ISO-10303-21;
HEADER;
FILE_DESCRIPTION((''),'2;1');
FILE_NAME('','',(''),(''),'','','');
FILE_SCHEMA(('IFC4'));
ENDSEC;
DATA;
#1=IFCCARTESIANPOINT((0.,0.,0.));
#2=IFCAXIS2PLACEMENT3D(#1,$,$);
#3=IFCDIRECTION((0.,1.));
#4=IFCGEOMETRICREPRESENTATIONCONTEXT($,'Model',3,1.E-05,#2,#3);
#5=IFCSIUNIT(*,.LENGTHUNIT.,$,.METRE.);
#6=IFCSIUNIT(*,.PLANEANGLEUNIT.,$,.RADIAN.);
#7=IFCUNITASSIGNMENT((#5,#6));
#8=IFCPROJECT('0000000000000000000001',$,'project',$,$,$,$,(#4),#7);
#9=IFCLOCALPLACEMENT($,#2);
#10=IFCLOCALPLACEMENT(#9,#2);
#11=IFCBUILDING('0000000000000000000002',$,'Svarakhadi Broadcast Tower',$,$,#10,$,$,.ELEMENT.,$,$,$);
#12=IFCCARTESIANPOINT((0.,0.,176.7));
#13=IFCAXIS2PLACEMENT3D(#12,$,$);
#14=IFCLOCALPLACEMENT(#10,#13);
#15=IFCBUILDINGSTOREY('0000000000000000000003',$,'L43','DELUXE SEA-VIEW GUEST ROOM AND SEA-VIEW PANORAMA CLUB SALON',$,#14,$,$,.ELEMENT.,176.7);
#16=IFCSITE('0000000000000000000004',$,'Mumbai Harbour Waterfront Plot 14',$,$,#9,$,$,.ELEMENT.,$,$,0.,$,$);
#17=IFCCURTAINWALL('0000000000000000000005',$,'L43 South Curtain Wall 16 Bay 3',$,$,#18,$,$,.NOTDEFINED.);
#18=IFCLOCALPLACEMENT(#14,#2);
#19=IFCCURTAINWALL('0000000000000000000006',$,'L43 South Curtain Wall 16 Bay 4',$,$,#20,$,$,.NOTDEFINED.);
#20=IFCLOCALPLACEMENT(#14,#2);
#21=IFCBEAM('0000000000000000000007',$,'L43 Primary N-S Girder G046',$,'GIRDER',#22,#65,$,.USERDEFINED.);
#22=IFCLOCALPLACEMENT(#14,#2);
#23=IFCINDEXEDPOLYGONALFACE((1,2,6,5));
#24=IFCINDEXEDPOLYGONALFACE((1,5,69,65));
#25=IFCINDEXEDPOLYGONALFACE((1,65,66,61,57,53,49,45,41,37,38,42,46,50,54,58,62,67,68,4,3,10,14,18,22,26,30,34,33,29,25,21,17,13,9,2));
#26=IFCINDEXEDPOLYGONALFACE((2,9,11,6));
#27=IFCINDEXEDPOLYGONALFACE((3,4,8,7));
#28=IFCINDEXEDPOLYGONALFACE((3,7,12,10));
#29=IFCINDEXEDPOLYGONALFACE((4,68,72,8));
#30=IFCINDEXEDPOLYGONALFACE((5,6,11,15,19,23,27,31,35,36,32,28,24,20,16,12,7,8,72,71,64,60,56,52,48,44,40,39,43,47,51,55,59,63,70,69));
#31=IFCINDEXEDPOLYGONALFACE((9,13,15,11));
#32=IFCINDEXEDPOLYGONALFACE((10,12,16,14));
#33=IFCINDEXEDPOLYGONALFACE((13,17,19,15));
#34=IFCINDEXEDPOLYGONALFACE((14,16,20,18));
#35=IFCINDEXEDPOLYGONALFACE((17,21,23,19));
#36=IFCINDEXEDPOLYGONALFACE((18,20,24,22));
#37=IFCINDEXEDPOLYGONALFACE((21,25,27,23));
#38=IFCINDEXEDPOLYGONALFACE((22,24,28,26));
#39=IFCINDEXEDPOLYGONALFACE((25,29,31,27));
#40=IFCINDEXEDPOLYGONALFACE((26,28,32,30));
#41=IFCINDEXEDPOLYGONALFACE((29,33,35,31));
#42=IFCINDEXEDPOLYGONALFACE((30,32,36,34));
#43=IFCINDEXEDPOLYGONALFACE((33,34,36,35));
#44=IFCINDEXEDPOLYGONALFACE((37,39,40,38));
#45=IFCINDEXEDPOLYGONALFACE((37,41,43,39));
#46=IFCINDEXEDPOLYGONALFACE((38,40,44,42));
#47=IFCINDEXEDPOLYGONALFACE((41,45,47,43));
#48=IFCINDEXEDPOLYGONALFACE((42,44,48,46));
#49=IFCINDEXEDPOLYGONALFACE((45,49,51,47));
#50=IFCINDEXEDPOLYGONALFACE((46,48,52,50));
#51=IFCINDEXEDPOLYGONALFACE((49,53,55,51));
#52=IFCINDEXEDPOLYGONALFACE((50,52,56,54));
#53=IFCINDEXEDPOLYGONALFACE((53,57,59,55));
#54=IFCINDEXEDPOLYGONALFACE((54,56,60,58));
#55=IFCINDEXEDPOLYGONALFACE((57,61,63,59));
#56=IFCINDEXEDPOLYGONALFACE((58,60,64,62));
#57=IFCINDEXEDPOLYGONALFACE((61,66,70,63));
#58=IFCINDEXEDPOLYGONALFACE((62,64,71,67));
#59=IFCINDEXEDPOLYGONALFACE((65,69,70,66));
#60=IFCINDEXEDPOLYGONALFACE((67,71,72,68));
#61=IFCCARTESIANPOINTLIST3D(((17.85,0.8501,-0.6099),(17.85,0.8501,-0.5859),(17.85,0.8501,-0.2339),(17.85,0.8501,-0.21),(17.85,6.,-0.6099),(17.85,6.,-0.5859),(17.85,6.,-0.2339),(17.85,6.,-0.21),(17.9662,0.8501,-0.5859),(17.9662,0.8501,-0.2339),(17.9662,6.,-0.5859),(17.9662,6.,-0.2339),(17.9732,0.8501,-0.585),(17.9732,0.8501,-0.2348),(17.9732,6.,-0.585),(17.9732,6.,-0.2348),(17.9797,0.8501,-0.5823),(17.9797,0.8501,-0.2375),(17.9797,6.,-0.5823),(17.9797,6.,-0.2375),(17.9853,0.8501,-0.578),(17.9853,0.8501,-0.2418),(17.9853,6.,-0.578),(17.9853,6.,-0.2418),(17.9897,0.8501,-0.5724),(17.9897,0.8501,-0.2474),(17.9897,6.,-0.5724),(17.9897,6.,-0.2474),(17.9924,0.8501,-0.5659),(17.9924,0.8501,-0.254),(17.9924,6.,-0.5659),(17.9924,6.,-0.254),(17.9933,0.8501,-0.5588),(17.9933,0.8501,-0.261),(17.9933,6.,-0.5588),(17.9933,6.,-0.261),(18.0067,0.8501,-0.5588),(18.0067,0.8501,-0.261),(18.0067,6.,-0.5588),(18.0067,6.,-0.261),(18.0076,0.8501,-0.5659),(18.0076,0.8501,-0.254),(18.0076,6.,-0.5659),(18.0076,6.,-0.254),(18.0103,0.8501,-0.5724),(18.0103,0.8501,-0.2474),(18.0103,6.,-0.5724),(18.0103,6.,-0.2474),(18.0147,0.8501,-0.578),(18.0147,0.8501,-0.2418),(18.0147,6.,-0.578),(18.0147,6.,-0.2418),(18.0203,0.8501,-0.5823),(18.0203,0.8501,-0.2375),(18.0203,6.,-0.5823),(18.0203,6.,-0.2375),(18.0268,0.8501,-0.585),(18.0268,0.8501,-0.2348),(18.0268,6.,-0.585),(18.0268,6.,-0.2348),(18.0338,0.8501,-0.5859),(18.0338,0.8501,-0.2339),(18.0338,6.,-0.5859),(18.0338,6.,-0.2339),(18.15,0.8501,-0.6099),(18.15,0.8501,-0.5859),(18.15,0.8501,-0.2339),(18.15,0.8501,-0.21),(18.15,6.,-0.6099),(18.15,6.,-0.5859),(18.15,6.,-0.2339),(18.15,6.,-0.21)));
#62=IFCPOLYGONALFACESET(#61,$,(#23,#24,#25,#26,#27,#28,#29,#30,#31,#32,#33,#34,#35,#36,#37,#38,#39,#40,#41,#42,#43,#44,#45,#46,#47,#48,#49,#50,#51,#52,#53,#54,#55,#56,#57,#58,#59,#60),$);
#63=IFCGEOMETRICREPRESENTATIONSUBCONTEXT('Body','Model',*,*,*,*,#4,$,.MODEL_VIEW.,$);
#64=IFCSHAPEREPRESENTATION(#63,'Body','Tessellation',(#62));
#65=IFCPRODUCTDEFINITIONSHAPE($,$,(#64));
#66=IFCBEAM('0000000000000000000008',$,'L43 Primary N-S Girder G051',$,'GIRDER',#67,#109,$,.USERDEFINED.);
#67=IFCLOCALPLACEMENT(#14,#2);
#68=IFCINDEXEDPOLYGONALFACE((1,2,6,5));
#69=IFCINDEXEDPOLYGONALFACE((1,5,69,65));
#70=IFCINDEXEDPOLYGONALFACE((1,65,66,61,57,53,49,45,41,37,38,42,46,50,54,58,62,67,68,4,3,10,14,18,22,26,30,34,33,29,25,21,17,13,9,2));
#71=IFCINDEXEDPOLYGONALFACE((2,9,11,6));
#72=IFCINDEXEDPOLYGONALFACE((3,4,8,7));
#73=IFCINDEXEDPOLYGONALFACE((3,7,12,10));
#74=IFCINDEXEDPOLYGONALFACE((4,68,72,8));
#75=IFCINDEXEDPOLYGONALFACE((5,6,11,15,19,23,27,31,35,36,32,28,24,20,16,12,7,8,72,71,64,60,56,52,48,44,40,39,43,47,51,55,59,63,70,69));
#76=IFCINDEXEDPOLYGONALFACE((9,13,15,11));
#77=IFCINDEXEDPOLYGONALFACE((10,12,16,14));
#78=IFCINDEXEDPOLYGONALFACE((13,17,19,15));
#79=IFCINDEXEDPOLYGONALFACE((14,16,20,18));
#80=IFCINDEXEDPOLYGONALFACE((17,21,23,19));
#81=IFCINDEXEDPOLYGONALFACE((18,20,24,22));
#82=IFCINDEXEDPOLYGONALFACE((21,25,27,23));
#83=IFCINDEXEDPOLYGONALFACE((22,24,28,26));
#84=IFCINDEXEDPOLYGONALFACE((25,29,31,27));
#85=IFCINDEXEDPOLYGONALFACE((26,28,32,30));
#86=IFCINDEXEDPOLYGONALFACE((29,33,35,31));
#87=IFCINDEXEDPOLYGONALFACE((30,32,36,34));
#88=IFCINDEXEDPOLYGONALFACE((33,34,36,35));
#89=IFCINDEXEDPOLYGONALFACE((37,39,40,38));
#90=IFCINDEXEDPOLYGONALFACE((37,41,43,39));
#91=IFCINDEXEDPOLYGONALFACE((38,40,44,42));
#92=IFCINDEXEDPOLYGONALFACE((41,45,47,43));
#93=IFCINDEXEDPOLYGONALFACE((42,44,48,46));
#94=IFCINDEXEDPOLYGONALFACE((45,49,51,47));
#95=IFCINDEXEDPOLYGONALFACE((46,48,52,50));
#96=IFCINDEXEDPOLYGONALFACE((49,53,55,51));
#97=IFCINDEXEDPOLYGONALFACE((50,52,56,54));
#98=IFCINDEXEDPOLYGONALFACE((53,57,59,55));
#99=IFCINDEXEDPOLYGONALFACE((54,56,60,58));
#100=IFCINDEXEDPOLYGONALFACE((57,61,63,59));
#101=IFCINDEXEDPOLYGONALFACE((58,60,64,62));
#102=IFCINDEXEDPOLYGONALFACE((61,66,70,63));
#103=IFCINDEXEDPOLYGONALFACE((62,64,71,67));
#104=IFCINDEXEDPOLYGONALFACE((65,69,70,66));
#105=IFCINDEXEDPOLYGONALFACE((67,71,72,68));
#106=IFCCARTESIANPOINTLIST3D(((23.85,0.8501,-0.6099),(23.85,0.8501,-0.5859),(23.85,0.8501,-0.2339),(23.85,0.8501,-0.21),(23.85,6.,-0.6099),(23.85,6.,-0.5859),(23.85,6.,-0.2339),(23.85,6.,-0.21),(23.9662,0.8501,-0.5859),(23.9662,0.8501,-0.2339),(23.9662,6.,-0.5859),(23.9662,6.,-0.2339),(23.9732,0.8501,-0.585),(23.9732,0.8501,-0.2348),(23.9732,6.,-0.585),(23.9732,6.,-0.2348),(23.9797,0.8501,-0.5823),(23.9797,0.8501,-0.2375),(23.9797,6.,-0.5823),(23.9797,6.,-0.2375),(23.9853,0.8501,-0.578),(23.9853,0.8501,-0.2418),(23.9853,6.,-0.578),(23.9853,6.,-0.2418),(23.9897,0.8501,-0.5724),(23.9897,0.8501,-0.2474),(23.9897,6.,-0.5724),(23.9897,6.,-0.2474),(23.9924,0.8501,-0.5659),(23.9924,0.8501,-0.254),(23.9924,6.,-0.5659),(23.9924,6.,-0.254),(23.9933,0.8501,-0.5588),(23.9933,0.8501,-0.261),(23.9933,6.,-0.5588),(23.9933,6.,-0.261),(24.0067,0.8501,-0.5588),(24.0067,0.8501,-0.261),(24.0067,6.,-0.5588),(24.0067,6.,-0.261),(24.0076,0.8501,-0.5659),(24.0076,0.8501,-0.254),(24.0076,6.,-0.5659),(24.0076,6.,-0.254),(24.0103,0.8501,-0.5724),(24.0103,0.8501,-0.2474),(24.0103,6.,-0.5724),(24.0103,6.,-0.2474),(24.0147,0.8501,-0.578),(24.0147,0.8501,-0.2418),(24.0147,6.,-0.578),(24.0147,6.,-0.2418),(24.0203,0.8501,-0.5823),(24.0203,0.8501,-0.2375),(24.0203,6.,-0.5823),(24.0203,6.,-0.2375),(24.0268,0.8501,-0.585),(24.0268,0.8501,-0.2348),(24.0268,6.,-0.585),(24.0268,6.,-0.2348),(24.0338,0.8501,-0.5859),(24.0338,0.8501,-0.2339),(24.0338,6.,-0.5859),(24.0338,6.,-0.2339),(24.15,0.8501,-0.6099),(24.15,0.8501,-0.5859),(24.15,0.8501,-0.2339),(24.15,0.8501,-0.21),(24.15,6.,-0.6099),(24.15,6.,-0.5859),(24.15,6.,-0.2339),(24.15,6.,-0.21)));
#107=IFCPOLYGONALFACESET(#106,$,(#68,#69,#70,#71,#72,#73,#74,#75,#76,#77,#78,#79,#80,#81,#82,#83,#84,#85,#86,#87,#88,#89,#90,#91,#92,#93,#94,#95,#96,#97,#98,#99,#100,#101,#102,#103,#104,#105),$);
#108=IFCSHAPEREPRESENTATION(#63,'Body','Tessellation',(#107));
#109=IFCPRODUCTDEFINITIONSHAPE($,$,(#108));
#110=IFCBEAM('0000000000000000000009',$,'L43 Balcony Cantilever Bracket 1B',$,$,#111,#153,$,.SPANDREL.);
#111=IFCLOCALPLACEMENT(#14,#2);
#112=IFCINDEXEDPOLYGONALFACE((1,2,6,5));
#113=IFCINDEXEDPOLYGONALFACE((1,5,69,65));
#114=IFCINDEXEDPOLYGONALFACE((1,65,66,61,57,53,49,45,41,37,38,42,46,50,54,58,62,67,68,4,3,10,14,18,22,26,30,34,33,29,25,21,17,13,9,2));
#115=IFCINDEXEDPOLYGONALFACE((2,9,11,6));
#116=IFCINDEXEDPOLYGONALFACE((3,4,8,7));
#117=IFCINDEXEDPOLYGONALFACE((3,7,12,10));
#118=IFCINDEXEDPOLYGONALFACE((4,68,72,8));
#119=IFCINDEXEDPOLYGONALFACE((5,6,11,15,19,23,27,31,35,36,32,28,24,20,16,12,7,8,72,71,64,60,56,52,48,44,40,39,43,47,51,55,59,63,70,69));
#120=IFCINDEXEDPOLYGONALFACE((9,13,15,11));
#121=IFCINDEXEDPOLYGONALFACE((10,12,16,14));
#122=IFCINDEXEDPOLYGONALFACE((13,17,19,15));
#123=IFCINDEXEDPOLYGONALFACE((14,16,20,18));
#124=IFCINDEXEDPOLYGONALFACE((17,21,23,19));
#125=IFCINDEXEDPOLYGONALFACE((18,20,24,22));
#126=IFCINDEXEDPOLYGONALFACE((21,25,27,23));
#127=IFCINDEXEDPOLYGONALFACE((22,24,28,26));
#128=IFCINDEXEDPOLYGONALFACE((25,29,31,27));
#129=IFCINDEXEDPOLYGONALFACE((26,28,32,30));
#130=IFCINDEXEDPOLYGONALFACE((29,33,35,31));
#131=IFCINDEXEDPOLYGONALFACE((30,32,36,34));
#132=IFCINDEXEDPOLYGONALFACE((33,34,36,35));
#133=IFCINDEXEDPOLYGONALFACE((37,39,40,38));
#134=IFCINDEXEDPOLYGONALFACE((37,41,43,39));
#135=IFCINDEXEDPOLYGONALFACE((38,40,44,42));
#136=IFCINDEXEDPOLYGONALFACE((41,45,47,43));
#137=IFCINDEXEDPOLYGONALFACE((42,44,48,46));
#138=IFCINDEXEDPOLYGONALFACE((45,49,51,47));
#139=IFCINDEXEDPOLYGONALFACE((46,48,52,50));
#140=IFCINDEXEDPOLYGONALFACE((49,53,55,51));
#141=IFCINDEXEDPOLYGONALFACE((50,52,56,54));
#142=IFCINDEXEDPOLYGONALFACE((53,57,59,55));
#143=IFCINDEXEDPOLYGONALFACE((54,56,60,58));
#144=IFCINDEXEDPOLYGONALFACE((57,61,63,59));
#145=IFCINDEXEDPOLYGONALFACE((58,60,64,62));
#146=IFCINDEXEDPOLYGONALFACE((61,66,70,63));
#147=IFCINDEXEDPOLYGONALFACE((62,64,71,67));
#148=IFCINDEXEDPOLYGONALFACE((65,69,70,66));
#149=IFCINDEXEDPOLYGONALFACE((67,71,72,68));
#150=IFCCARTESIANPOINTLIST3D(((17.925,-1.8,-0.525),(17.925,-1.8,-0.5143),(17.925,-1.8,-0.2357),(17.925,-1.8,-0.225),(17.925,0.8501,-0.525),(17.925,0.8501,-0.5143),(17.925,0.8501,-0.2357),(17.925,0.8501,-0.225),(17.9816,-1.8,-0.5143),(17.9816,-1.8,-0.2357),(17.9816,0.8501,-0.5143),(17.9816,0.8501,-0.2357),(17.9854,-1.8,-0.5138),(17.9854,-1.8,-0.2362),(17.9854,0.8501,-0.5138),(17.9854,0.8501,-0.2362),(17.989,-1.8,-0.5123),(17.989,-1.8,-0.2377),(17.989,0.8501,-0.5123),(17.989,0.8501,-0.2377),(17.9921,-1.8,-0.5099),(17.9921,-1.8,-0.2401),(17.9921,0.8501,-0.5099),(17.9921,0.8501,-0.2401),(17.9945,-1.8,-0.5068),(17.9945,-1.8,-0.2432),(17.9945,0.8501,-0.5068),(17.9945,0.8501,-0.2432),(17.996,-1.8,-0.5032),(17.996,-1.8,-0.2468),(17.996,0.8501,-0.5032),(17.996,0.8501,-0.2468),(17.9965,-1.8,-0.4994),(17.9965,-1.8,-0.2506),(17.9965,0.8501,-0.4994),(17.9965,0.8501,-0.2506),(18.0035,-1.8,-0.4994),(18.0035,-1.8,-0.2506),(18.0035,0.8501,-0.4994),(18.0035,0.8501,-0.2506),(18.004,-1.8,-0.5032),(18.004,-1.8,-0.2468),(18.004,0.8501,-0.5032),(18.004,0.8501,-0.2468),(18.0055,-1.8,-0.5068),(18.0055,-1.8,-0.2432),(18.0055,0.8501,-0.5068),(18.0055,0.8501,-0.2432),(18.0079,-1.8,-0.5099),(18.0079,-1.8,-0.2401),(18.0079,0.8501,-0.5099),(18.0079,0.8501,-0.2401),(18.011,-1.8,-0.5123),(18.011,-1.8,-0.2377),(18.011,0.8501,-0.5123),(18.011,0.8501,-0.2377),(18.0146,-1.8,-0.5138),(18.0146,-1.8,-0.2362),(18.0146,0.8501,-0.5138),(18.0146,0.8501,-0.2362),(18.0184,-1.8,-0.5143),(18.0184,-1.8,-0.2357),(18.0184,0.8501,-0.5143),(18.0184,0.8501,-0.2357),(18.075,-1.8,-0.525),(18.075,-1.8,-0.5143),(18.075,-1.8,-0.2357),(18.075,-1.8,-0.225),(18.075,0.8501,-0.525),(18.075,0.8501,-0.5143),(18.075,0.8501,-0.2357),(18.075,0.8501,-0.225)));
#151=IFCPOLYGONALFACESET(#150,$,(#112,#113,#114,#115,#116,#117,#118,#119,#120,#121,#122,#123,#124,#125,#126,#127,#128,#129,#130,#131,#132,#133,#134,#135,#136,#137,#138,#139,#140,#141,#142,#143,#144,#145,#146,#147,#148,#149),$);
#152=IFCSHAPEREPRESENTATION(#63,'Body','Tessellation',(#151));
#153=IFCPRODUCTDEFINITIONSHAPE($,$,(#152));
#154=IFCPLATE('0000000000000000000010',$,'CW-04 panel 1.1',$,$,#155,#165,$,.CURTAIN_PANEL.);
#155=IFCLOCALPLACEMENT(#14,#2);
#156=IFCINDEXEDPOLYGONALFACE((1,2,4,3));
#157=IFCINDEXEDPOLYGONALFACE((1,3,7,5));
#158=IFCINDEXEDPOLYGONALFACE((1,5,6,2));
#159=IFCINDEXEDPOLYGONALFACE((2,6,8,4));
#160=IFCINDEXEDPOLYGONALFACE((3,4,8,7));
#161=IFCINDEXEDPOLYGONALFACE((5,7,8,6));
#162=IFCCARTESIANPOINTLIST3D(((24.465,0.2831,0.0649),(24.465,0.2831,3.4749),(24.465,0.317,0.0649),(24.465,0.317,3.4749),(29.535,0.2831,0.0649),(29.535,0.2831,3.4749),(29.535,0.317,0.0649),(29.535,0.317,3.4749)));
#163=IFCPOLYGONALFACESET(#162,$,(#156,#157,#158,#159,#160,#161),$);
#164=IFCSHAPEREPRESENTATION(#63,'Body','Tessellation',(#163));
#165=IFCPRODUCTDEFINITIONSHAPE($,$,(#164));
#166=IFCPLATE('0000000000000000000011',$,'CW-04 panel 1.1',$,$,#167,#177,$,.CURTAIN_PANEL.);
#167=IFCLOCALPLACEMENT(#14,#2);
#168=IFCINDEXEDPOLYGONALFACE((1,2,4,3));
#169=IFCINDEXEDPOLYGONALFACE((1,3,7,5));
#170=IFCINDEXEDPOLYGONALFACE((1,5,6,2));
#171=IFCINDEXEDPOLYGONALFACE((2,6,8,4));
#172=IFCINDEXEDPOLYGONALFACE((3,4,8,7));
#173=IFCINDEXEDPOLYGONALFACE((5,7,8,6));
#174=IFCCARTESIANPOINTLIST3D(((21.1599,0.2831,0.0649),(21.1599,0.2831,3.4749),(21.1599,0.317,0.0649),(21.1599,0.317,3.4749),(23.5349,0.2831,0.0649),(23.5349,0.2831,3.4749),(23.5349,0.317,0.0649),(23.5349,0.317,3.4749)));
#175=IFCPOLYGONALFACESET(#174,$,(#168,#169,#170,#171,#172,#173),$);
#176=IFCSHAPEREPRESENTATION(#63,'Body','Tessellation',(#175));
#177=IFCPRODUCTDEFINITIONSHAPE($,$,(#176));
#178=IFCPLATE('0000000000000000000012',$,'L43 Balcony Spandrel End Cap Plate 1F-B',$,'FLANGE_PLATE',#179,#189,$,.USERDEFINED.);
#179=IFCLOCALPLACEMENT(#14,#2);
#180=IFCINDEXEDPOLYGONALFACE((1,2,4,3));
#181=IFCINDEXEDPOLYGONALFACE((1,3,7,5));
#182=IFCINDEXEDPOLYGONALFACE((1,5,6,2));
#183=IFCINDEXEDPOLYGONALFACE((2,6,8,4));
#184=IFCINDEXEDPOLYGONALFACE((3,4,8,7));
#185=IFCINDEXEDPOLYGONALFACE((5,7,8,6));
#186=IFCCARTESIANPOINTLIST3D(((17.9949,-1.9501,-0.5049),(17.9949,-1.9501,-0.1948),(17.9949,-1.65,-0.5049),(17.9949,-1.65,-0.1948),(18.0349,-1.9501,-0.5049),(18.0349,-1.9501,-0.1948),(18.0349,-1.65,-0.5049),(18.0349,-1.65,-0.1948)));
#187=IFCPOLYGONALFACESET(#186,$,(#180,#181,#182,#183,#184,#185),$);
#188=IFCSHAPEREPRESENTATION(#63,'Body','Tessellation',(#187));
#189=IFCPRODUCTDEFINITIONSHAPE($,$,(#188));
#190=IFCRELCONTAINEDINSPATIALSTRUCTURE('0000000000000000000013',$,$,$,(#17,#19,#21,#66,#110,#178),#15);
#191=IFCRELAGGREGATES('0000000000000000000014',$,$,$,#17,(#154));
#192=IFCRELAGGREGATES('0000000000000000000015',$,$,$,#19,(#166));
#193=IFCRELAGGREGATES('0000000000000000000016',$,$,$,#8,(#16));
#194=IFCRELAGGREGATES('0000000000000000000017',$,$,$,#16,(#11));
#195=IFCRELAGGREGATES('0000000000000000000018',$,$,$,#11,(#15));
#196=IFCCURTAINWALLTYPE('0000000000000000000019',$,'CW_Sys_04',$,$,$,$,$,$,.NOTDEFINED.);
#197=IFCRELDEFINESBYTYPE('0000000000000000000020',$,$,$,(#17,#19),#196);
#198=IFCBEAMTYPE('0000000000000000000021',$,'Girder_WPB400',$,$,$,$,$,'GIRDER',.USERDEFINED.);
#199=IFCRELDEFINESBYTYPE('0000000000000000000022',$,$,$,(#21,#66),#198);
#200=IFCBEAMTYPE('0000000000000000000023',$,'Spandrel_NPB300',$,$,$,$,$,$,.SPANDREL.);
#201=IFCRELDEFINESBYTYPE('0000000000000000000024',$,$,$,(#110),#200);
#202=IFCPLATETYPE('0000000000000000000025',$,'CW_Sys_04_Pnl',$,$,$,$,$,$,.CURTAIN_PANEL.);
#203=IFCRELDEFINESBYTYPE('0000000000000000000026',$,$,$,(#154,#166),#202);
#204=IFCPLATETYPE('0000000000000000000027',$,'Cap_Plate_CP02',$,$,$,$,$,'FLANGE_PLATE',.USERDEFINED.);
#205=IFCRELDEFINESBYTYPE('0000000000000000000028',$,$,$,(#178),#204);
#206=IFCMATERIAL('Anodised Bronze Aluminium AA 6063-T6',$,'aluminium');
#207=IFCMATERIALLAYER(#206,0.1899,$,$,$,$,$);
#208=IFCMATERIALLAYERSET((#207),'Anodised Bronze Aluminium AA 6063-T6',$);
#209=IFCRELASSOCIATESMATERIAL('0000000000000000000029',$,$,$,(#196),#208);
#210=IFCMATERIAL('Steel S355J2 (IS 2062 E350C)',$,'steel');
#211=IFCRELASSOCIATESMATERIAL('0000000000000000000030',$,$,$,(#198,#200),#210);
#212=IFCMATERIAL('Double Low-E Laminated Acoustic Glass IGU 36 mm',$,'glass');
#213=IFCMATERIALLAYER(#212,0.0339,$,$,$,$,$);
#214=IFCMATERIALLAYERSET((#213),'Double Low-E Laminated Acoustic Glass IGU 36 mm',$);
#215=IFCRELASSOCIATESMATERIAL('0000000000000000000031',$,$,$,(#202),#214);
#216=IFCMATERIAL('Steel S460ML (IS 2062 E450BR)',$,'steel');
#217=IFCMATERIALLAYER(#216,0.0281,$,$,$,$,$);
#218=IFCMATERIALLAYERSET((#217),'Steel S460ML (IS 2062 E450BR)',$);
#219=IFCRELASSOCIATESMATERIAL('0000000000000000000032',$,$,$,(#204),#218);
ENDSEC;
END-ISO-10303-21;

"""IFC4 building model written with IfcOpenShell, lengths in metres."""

from ifc_helpers import new_model, si_unit, direction, frame, origin, origin_2d, place, context, subcontext, project, spatial, rectangle, i_section, extrude, material, layer, layer_set, material_profile, profile_set, type_object, element, aggregate, save


model = new_model("IFC4")

# Units and contexts
model_context = context("Model", 3, precision=1e-05, world=origin(), true_north=direction((0.0, 1.0)))
body_context = subcontext(model_context, "Body", "Model", "MODEL_VIEW")
ifc_project = project(units=[si_unit("LENGTHUNIT", "METRE"), si_unit("PLANEANGLEUNIT", "RADIAN")], contexts=[model_context])

# Site, building, storey
site_placement = place(None, origin())
site = spatial("IfcSite", under=ifc_project, at=site_placement, Name="Mumbai Harbour Waterfront Plot 14", CompositionType="ELEMENT", RefElevation=0.0)
building_placement = place(site_placement, origin())
building = spatial("IfcBuilding", under=site, at=building_placement, Name="Svarakhadi Broadcast Tower", CompositionType="ELEMENT")
storey_placement = place(building_placement, frame((0.0, 0.0, 176.7)))
storey = spatial("IfcBuildingStorey", under=building, at=storey_placement, Name="L43", Description="DELUXE SEA-VIEW GUEST ROOM AND SEA-VIEW PANORAMA CLUB SALON", CompositionType="ELEMENT", Elevation=176.7)

# Shared definitions
ifc_material_1 = material(Name="Anodised Bronze Aluminium AA 6063-T6", Category="aluminium")
ifc_layer_1 = layer(ifc_material_1, 0.1899)
ifc_layer_set_1 = layer_set([ifc_layer_1], Name="Anodised Bronze Aluminium AA 6063-T6")
curtain_wall_type = type_object("IfcCurtainWallType", Name="CW_Sys_04", PredefinedType="NOTDEFINED", material=ifc_layer_set_1)

# Curtain walls
curtain_wall_1_placement = place(storey_placement, origin())
curtain_wall_1 = element("IfcCurtainWall", 1, at=curtain_wall_1_placement, inside=storey, type_object=curtain_wall_type, Name="L43 South Curtain Wall 16 Bay 3", PredefinedType="NOTDEFINED")
curtain_wall_2_placement = place(storey_placement, origin())
curtain_wall_2 = element("IfcCurtainWall", 2, at=curtain_wall_2_placement, inside=storey, type_object=curtain_wall_type, Name="L43 South Curtain Wall 16 Bay 4", PredefinedType="NOTDEFINED")

# Shared definitions
ifc_material_2 = material(Name="Steel S460ML (IS 2062 E450BR)", Category="steel")

# Beams
ifc_material_3 = material(Name="Steel S355J2 (IS 2062 E350C)", Category="steel")
ifc_material_profile_1 = material_profile(ifc_material_3, i_section(OverallWidth=0.3, OverallDepth=0.3999, WebThickness=0.0134, FlangeThickness=0.0239, FilletRadius=0.0271, at=origin_2d()), Name="WPB 400x300x155")
ifc_profile_set_1 = profile_set([ifc_material_profile_1], Name="Steel S355J2 (IS 2062 E350C)")
beam_type_1 = type_object("IfcBeamType", Name="Girder_WPB400", ElementType="GIRDER", PredefinedType="USERDEFINED", material=ifc_profile_set_1)
for number, where, z_axis, x_axis, name in (
    (3, (18.0, 0.8501, -0.4099), (0.0, 1.0, 0.0), (-1.0, 0.0, 0.0), "L43 Primary N-S Girder G046"),
    (4, (24.0, 0.8501, -0.4099), (0.0, 1.0, 0.0), (-1.0, 0.0, 0.0), "L43 Primary N-S Girder G051"),
):
    element("IfcBeam", number, at=place(storey_placement, frame(where, z_axis=z_axis, x_axis=x_axis)), inside=storey, type_object=beam_type_1, Name=name, ObjectType="GIRDER", PredefinedType="USERDEFINED", context=body_context, shape_type="SweptSolid", body=[
        extrude(i_section(OverallWidth=0.3, OverallDepth=0.3999, WebThickness=0.0134, FlangeThickness=0.0239, FilletRadius=0.0271, at=origin_2d()), origin(), (0.0, 0.0, 1.0), 5.1499),
    ])
ifc_material_profile_2 = material_profile(ifc_material_3, i_section(OverallWidth=0.1499, OverallDepth=0.3, WebThickness=0.0071, FlangeThickness=0.0107, FilletRadius=0.0149, at=origin_2d()), Name="NPB 300x150x37")
ifc_profile_set_2 = profile_set([ifc_material_profile_2], Name="Steel S355J2 (IS 2062 E350C)")
beam_type_2 = type_object("IfcBeamType", Name="Spandrel_NPB300", PredefinedType="SPANDREL", material=ifc_profile_set_2)
beam_1_placement = place(storey_placement, frame((18.0, 0.8501, -0.375), z_axis=(0.0, -1.0, 0.0), x_axis=(1.0, 0.0, 0.0)))
element("IfcBeam", 5, at=beam_1_placement, inside=storey, type_object=beam_type_2, Name="L43 Balcony Cantilever Bracket 1B", PredefinedType="SPANDREL", context=body_context, shape_type="SweptSolid", body=[
    extrude(i_section(OverallWidth=0.1499, OverallDepth=0.3, WebThickness=0.0071, FlangeThickness=0.0107, FilletRadius=0.0149, at=origin_2d()), origin(), (0.0, 0.0, 1.0), 2.6501),
])

# Plates
ifc_material_4 = material(Name="Double Low-E Laminated Acoustic Glass IGU 36 mm", Category="glass")
ifc_layer_2 = layer(ifc_material_4, 0.0339)
ifc_layer_set_2 = layer_set([ifc_layer_2], Name="Double Low-E Laminated Acoustic Glass IGU 36 mm")
plate_type_1 = type_object("IfcPlateType", Name="CW_Sys_04_Pnl", PredefinedType="CURTAIN_PANEL", material=ifc_layer_set_2)
plate_1_placement = place(storey_placement, frame((27.0, 0.3, 0.0649), z_axis=(0.0, 0.0, 1.0), x_axis=(-1.0, 0.0, 0.0)))
plate_1 = element("IfcPlate", 6, at=plate_1_placement, type_object=plate_type_1, Name="CW-04 panel 1.1", PredefinedType="CURTAIN_PANEL", context=body_context, shape_type="SweptSolid", body=[
    extrude(rectangle(XDim=5.0701, YDim=0.0339, at=origin_2d()), origin(), (0.0, 0.0, 1.0), 3.4099),
])
aggregate(curtain_wall_1, [plate_1])
plate_2_placement = place(storey_placement, frame((22.3474, 0.3, 0.0649), z_axis=(0.0, 0.0, 1.0), x_axis=(-1.0, 0.0, 0.0)))
plate_2 = element("IfcPlate", 7, at=plate_2_placement, type_object=plate_type_1, Name="CW-04 panel 1.1", PredefinedType="CURTAIN_PANEL", context=body_context, shape_type="SweptSolid", body=[
    extrude(rectangle(XDim=2.375, YDim=0.0339, at=origin_2d()), origin(), (0.0, 0.0, 1.0), 3.4099),
])
aggregate(curtain_wall_2, [plate_2])

# Plate
ifc_layer_3 = layer(ifc_material_2, 0.0281)
ifc_layer_set_3 = layer_set([ifc_layer_3], Name="Steel S460ML (IS 2062 E450BR)")
plate_type_2 = type_object("IfcPlateType", Name="Cap_Plate_CP02", ElementType="FLANGE_PLATE", PredefinedType="USERDEFINED", material=ifc_layer_set_3)
plate_3_placement = place(storey_placement, frame((18.0149, -1.8, -0.5049), z_axis=(0.0, 0.0, 1.0), x_axis=(1.0, 0.0, 0.0)))
element("IfcPlate", 8, at=plate_3_placement, inside=storey, type_object=plate_type_2, Name="L43 Balcony Spandrel End Cap Plate 1F-B", ObjectType="FLANGE_PLATE", PredefinedType="USERDEFINED", context=body_context, shape_type="SweptSolid", body=[
    extrude(rectangle(XDim=0.04, YDim=0.3, at=origin_2d()), origin(), (0.0, 0.0, 1.0), 0.3101),
])

save(model, "model.ifc")
